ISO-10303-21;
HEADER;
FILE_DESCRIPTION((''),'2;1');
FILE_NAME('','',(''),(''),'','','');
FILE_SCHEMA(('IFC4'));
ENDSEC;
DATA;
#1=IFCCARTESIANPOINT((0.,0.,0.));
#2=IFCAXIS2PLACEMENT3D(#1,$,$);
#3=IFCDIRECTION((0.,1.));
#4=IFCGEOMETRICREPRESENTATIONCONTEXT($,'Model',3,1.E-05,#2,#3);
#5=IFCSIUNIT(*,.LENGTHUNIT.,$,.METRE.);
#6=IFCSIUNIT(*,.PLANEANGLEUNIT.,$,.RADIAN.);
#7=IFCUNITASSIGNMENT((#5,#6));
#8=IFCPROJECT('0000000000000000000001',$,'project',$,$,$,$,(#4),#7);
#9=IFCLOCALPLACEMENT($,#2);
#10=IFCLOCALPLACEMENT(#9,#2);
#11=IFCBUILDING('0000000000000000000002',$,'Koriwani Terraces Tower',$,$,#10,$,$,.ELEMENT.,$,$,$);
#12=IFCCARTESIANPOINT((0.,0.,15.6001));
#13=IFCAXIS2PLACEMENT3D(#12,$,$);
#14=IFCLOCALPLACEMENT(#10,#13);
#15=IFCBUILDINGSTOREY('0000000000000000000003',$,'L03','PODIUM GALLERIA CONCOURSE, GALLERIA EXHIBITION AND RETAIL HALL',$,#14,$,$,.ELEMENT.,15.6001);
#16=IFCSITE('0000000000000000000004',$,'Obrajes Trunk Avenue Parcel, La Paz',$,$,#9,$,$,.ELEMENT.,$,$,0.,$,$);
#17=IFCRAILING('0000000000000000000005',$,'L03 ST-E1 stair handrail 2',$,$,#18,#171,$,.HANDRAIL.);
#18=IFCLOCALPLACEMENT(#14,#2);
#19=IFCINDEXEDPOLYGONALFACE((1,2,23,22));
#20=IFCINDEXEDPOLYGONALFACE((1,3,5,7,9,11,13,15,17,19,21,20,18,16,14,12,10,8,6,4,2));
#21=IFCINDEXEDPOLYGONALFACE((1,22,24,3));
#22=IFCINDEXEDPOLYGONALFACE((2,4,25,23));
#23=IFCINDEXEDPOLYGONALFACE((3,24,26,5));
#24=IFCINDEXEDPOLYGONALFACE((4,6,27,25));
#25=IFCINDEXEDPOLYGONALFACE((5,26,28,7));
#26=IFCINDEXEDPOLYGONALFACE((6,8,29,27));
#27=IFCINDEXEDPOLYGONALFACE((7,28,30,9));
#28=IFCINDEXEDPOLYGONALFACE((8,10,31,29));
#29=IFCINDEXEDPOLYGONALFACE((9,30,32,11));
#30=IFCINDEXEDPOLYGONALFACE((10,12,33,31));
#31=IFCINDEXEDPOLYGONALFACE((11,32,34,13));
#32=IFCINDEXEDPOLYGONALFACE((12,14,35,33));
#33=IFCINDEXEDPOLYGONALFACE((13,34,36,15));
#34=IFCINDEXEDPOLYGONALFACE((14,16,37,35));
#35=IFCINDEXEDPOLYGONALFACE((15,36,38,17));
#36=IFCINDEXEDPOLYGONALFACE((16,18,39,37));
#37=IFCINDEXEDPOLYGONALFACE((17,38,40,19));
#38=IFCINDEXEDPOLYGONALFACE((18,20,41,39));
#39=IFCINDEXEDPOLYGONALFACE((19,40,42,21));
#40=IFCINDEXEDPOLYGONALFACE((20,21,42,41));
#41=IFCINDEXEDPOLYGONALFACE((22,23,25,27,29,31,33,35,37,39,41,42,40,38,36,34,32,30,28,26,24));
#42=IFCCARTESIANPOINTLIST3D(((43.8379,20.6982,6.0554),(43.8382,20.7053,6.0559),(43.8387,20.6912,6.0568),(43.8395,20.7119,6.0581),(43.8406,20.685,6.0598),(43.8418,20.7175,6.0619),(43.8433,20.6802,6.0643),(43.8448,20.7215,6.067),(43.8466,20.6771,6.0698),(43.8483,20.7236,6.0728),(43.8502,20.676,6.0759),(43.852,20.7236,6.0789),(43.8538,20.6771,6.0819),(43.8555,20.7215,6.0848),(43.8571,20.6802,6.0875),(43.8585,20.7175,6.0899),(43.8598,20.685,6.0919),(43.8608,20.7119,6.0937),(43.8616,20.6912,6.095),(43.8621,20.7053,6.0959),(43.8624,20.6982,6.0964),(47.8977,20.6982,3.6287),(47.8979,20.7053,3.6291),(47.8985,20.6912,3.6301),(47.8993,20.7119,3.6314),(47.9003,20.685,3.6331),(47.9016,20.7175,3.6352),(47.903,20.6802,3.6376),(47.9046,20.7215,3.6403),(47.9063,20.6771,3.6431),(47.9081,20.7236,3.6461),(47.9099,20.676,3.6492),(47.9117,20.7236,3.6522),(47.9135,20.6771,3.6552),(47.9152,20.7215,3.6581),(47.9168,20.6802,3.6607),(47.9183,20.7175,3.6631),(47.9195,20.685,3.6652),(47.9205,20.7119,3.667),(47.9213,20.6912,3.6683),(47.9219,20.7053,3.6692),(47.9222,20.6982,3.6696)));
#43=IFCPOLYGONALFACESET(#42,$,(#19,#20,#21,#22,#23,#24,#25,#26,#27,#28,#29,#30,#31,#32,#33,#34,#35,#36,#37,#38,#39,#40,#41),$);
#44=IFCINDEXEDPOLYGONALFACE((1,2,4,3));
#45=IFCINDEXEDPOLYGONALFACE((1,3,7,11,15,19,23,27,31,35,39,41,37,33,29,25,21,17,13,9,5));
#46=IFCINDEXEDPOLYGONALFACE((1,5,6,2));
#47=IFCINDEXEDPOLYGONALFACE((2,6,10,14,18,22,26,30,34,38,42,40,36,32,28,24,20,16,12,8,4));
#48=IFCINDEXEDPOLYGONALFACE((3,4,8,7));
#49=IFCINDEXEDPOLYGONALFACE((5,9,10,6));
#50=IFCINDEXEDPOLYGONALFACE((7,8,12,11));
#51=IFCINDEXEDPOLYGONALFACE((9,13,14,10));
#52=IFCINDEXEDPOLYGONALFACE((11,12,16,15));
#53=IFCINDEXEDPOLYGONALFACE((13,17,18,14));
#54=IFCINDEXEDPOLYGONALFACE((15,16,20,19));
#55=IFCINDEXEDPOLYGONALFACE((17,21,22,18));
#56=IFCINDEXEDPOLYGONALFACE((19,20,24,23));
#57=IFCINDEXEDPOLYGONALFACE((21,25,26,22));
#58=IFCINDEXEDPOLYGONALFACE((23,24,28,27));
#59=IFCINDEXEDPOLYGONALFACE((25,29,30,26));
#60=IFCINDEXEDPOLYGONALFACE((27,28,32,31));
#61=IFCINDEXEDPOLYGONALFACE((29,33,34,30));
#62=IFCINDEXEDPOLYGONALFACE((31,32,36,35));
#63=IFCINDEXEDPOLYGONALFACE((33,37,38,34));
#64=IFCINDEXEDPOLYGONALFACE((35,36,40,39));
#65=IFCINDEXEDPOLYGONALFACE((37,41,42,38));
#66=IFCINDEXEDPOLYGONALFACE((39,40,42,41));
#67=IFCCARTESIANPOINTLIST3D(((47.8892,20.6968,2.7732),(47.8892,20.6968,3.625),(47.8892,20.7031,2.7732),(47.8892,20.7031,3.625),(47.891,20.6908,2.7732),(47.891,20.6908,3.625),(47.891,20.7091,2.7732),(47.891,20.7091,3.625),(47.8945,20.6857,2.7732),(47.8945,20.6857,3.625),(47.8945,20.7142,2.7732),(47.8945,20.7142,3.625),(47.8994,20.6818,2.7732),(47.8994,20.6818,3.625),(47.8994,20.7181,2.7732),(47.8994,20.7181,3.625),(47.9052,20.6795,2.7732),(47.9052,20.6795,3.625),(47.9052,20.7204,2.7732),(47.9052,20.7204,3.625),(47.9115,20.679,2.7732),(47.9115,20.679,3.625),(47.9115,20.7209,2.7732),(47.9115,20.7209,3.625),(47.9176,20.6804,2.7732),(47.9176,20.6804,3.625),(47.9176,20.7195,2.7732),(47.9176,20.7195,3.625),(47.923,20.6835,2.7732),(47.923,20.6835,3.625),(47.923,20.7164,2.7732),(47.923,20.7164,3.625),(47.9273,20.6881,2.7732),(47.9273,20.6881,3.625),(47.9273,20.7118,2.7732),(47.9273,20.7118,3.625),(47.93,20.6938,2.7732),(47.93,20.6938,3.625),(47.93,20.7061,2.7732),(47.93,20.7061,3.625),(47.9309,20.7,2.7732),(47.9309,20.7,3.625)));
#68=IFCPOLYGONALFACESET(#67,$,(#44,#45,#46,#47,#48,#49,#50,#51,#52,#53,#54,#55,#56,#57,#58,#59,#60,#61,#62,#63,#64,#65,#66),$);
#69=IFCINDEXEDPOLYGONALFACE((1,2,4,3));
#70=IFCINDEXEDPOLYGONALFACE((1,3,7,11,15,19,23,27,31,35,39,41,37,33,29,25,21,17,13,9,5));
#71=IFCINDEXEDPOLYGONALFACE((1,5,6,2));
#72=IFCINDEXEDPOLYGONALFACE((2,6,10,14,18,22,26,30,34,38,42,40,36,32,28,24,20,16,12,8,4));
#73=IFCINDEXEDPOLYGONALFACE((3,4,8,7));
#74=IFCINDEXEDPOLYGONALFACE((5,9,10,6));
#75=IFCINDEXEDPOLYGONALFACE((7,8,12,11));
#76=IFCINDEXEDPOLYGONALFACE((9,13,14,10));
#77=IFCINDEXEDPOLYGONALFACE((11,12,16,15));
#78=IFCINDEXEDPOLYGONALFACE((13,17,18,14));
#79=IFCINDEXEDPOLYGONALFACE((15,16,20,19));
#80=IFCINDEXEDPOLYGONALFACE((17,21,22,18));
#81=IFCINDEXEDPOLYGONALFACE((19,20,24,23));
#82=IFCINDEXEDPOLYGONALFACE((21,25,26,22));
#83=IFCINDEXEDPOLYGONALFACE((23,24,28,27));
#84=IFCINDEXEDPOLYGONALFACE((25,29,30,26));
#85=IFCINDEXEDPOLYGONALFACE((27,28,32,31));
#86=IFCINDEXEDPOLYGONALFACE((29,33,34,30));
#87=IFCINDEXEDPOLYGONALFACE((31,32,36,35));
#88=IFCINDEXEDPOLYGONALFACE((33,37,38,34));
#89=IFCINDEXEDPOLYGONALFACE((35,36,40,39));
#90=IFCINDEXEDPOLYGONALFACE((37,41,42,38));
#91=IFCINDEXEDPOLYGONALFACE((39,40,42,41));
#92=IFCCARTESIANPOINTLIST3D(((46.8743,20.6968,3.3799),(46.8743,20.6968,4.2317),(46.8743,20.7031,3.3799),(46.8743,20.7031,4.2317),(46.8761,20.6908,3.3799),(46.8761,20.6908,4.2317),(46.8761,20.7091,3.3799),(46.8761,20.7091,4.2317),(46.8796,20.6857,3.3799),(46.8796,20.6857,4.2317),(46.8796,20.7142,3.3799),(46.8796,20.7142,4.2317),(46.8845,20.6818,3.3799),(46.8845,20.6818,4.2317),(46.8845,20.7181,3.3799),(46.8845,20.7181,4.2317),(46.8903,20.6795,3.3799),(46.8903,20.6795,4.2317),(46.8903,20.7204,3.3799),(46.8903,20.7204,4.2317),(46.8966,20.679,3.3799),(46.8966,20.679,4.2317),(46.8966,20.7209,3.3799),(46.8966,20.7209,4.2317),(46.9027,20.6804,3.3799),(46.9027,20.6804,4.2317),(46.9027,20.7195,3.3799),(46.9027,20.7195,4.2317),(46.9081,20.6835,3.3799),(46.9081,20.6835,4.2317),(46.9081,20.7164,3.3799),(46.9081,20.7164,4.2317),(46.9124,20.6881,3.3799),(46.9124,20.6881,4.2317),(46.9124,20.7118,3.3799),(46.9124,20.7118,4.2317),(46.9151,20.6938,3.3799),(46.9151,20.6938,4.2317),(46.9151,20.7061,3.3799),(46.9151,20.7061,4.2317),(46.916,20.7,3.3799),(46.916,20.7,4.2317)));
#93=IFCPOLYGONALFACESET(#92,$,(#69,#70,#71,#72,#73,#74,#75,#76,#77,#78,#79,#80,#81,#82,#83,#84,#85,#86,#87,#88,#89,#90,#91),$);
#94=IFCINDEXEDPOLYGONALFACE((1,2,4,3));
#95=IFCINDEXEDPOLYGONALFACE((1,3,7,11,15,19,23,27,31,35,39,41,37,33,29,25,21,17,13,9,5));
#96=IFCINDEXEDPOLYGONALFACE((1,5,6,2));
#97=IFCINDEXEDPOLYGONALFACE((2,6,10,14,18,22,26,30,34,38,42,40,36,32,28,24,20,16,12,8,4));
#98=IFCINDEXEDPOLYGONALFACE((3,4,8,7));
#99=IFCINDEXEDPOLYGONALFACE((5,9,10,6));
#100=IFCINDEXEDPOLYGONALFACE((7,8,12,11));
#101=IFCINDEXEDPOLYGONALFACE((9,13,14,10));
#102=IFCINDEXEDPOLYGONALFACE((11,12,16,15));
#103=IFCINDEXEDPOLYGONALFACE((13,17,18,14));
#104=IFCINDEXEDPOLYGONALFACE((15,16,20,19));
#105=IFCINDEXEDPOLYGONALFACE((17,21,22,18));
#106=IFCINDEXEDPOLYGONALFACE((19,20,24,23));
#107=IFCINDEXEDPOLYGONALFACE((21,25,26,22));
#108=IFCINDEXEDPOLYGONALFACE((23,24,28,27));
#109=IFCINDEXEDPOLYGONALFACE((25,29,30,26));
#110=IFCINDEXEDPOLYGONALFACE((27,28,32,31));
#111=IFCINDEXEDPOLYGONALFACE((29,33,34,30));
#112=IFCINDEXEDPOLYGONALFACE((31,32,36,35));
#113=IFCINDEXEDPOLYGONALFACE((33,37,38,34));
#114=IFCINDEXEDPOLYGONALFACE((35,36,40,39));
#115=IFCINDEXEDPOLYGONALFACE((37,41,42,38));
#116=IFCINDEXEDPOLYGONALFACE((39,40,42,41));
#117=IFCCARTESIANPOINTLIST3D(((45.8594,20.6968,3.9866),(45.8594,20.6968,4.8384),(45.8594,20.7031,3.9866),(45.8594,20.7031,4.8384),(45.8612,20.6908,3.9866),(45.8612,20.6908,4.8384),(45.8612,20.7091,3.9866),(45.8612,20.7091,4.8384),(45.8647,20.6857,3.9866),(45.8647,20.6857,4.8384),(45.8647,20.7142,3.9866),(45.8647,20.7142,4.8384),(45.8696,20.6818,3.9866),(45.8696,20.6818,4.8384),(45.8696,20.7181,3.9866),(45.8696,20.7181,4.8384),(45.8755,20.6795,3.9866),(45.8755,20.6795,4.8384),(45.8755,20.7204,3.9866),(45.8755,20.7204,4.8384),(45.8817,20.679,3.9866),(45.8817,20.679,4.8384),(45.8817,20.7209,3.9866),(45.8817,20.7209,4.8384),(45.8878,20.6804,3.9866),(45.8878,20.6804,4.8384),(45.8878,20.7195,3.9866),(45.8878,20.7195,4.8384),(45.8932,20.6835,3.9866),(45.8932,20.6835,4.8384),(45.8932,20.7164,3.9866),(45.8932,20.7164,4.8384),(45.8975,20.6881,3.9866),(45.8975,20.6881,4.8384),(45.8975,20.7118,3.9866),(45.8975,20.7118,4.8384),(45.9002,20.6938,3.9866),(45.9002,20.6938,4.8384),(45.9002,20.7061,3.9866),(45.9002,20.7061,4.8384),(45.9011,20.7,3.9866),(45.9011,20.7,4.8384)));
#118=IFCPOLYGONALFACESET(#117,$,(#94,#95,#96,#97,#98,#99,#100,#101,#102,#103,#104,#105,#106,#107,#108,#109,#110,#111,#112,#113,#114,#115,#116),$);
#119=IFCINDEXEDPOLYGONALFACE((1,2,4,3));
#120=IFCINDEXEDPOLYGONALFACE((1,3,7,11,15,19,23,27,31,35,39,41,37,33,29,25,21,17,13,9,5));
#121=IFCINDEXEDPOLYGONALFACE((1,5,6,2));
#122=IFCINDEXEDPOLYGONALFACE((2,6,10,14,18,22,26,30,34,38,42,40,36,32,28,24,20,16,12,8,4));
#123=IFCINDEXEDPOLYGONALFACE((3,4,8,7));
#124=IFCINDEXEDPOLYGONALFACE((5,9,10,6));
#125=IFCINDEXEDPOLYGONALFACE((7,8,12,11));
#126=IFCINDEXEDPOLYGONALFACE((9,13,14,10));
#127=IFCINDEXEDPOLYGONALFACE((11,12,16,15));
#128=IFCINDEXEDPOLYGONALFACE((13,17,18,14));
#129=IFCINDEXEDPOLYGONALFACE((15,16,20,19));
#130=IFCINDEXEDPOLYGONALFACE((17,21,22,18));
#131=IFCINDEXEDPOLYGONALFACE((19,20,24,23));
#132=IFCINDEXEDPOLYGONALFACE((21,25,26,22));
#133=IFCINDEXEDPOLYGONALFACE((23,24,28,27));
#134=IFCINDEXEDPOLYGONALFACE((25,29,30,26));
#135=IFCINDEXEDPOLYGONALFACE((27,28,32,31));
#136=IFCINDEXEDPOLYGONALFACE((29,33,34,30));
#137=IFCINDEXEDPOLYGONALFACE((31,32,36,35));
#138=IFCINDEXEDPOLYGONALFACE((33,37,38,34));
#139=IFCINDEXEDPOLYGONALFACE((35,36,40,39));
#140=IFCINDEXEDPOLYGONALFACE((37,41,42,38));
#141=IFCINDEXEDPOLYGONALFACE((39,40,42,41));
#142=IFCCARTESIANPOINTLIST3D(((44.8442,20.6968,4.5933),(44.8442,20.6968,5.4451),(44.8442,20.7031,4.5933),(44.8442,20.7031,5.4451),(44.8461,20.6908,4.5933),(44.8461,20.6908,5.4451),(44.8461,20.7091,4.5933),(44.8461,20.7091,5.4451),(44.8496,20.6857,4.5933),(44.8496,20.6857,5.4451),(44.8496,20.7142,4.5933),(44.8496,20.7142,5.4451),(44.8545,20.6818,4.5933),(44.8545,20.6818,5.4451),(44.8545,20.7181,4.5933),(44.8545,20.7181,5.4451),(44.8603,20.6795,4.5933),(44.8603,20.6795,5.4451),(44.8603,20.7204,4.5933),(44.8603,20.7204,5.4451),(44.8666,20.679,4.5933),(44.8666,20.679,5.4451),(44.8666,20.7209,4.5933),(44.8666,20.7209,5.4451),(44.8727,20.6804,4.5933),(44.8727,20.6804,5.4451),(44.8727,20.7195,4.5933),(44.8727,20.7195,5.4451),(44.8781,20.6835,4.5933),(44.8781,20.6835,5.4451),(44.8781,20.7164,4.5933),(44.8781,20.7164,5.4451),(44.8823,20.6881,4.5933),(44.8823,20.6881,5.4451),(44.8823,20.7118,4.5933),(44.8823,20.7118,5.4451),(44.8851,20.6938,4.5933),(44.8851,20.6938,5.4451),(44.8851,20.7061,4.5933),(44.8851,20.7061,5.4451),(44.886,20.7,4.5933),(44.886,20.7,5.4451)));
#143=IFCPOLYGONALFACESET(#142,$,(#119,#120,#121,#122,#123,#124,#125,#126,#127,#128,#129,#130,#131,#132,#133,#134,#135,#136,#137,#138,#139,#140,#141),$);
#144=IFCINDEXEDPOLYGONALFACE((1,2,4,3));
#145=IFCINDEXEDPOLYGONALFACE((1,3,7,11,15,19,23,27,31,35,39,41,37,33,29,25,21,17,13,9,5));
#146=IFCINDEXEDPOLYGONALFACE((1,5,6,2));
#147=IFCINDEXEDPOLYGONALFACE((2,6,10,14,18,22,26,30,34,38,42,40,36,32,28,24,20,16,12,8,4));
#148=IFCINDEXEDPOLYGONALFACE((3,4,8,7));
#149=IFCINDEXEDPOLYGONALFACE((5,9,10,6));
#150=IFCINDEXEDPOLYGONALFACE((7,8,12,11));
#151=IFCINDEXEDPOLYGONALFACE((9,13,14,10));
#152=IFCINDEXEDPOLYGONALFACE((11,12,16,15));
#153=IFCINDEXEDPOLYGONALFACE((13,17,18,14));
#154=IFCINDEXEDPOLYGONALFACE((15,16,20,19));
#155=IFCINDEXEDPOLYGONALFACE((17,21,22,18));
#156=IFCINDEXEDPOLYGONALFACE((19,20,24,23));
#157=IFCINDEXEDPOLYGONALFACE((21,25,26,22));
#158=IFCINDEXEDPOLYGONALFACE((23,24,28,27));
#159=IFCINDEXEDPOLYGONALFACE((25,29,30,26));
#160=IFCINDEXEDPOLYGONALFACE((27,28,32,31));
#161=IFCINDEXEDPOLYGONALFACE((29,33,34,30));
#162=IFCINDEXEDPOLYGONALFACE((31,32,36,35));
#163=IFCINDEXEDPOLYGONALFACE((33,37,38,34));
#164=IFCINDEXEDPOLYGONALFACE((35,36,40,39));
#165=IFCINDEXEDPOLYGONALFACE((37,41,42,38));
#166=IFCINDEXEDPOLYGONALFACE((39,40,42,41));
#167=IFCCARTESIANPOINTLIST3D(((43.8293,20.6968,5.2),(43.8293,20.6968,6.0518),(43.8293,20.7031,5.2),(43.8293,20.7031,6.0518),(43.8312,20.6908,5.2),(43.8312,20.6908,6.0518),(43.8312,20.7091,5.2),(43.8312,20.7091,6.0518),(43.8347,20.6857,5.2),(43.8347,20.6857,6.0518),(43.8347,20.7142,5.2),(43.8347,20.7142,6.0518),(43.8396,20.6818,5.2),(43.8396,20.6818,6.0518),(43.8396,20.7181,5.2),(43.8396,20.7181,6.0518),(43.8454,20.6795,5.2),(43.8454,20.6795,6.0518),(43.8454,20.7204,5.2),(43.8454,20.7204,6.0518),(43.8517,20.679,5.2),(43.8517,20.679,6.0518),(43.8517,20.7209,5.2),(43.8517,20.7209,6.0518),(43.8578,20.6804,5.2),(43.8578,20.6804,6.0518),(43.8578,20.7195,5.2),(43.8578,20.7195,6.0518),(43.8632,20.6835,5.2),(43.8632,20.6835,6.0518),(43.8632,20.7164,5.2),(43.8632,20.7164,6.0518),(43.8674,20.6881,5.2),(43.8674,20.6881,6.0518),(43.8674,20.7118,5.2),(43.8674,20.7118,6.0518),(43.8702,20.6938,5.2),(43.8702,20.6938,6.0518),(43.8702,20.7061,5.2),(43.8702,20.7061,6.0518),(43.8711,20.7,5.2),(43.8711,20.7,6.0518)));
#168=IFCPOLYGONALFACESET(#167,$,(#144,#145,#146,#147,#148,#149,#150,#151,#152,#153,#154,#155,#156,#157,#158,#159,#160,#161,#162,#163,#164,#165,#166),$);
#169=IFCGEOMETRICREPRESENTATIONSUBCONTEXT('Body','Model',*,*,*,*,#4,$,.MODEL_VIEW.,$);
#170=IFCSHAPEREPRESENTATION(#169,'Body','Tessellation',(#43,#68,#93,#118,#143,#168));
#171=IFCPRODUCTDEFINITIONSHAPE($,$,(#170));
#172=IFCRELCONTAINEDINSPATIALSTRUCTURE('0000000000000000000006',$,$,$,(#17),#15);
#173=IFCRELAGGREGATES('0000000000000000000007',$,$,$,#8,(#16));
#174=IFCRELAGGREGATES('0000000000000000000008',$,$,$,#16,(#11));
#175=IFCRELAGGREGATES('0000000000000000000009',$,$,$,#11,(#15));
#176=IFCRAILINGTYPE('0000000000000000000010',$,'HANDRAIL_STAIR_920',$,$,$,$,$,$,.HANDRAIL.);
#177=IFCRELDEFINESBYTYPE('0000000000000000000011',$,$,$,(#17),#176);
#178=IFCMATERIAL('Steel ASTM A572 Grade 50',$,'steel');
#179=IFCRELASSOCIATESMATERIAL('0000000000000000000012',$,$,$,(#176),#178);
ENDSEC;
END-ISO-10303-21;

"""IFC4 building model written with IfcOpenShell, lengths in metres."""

from ifc_helpers import new_model, si_unit, direction, frame, origin, origin_2d, place, context, subcontext, project, spatial, circle, extrude, material, type_object, element, save


model = new_model("IFC4")

# Units and contexts
model_context = context("Model", 3, precision=1e-05, world=origin(), true_north=direction((0.0, 1.0)))
body_context = subcontext(model_context, "Body", "Model", "MODEL_VIEW")
ifc_project = project(units=[si_unit("LENGTHUNIT", "METRE"), si_unit("PLANEANGLEUNIT", "RADIAN")], contexts=[model_context])

# Site, building, storey
site_placement = place(None, origin())
site = spatial("IfcSite", under=ifc_project, at=site_placement, Name="Obrajes Trunk Avenue Parcel, La Paz", CompositionType="ELEMENT", RefElevation=0.0)
building_placement = place(site_placement, origin())
building = spatial("IfcBuilding", under=site, at=building_placement, Name="Koriwani Terraces Tower", CompositionType="ELEMENT")
storey_placement = place(building_placement, frame((0.0, 0.0, 15.6001)))
storey = spatial("IfcBuildingStorey", under=building, at=storey_placement, Name="L03", Description="PODIUM GALLERIA CONCOURSE, GALLERIA EXHIBITION AND RETAIL HALL", CompositionType="ELEMENT", Elevation=15.6001)

# Shared definitions
ifc_material_1 = material(Name="Steel ASTM A572 Grade 50", Category="steel")

# Railing
railing_type_1 = type_object("IfcRailingType", Name="HANDRAIL_STAIR_920", PredefinedType="HANDRAIL", material=ifc_material_1)
railing_1_placement = place(storey_placement, frame((47.9099, 20.7, 2.7732)))
element("IfcRailing", 1, at=railing_1_placement, inside=storey, type_object=railing_type_1, Name="L03 ST-E1 stair handrail 2", PredefinedType="HANDRAIL", context=body_context, shape_type="SweptSolid", body=[
    extrude(circle(Radius=0.0239, at=origin_2d()), frame((0.0, 0.0, 0.876), z_axis=(-0.858343, 0.0, 0.513076), x_axis=(0.0, -1.0, 0.0)), (0.0, 0.0, 1.0), 4.7297),
    extrude(circle(Radius=0.021, at=origin_2d()), origin(), (0.0, 0.0, 1.0), 0.8518),
    extrude(circle(Radius=0.021, at=origin_2d()), frame((-1.0149, 0.0, 0.6067)), (0.0, 0.0, 1.0), 0.8518),
    extrude(circle(Radius=0.021, at=origin_2d()), frame((-2.0298, 0.0, 1.2134)), (0.0, 0.0, 1.0), 0.8518),
    extrude(circle(Radius=0.021, at=origin_2d()), frame((-3.0449, 0.0, 1.8201)), (0.0, 0.0, 1.0), 0.8518),
    extrude(circle(Radius=0.021, at=origin_2d()), frame((-4.0598, 0.0, 2.4268)), (0.0, 0.0, 1.0), 0.8518),
])

save(model, "model.ifc")
